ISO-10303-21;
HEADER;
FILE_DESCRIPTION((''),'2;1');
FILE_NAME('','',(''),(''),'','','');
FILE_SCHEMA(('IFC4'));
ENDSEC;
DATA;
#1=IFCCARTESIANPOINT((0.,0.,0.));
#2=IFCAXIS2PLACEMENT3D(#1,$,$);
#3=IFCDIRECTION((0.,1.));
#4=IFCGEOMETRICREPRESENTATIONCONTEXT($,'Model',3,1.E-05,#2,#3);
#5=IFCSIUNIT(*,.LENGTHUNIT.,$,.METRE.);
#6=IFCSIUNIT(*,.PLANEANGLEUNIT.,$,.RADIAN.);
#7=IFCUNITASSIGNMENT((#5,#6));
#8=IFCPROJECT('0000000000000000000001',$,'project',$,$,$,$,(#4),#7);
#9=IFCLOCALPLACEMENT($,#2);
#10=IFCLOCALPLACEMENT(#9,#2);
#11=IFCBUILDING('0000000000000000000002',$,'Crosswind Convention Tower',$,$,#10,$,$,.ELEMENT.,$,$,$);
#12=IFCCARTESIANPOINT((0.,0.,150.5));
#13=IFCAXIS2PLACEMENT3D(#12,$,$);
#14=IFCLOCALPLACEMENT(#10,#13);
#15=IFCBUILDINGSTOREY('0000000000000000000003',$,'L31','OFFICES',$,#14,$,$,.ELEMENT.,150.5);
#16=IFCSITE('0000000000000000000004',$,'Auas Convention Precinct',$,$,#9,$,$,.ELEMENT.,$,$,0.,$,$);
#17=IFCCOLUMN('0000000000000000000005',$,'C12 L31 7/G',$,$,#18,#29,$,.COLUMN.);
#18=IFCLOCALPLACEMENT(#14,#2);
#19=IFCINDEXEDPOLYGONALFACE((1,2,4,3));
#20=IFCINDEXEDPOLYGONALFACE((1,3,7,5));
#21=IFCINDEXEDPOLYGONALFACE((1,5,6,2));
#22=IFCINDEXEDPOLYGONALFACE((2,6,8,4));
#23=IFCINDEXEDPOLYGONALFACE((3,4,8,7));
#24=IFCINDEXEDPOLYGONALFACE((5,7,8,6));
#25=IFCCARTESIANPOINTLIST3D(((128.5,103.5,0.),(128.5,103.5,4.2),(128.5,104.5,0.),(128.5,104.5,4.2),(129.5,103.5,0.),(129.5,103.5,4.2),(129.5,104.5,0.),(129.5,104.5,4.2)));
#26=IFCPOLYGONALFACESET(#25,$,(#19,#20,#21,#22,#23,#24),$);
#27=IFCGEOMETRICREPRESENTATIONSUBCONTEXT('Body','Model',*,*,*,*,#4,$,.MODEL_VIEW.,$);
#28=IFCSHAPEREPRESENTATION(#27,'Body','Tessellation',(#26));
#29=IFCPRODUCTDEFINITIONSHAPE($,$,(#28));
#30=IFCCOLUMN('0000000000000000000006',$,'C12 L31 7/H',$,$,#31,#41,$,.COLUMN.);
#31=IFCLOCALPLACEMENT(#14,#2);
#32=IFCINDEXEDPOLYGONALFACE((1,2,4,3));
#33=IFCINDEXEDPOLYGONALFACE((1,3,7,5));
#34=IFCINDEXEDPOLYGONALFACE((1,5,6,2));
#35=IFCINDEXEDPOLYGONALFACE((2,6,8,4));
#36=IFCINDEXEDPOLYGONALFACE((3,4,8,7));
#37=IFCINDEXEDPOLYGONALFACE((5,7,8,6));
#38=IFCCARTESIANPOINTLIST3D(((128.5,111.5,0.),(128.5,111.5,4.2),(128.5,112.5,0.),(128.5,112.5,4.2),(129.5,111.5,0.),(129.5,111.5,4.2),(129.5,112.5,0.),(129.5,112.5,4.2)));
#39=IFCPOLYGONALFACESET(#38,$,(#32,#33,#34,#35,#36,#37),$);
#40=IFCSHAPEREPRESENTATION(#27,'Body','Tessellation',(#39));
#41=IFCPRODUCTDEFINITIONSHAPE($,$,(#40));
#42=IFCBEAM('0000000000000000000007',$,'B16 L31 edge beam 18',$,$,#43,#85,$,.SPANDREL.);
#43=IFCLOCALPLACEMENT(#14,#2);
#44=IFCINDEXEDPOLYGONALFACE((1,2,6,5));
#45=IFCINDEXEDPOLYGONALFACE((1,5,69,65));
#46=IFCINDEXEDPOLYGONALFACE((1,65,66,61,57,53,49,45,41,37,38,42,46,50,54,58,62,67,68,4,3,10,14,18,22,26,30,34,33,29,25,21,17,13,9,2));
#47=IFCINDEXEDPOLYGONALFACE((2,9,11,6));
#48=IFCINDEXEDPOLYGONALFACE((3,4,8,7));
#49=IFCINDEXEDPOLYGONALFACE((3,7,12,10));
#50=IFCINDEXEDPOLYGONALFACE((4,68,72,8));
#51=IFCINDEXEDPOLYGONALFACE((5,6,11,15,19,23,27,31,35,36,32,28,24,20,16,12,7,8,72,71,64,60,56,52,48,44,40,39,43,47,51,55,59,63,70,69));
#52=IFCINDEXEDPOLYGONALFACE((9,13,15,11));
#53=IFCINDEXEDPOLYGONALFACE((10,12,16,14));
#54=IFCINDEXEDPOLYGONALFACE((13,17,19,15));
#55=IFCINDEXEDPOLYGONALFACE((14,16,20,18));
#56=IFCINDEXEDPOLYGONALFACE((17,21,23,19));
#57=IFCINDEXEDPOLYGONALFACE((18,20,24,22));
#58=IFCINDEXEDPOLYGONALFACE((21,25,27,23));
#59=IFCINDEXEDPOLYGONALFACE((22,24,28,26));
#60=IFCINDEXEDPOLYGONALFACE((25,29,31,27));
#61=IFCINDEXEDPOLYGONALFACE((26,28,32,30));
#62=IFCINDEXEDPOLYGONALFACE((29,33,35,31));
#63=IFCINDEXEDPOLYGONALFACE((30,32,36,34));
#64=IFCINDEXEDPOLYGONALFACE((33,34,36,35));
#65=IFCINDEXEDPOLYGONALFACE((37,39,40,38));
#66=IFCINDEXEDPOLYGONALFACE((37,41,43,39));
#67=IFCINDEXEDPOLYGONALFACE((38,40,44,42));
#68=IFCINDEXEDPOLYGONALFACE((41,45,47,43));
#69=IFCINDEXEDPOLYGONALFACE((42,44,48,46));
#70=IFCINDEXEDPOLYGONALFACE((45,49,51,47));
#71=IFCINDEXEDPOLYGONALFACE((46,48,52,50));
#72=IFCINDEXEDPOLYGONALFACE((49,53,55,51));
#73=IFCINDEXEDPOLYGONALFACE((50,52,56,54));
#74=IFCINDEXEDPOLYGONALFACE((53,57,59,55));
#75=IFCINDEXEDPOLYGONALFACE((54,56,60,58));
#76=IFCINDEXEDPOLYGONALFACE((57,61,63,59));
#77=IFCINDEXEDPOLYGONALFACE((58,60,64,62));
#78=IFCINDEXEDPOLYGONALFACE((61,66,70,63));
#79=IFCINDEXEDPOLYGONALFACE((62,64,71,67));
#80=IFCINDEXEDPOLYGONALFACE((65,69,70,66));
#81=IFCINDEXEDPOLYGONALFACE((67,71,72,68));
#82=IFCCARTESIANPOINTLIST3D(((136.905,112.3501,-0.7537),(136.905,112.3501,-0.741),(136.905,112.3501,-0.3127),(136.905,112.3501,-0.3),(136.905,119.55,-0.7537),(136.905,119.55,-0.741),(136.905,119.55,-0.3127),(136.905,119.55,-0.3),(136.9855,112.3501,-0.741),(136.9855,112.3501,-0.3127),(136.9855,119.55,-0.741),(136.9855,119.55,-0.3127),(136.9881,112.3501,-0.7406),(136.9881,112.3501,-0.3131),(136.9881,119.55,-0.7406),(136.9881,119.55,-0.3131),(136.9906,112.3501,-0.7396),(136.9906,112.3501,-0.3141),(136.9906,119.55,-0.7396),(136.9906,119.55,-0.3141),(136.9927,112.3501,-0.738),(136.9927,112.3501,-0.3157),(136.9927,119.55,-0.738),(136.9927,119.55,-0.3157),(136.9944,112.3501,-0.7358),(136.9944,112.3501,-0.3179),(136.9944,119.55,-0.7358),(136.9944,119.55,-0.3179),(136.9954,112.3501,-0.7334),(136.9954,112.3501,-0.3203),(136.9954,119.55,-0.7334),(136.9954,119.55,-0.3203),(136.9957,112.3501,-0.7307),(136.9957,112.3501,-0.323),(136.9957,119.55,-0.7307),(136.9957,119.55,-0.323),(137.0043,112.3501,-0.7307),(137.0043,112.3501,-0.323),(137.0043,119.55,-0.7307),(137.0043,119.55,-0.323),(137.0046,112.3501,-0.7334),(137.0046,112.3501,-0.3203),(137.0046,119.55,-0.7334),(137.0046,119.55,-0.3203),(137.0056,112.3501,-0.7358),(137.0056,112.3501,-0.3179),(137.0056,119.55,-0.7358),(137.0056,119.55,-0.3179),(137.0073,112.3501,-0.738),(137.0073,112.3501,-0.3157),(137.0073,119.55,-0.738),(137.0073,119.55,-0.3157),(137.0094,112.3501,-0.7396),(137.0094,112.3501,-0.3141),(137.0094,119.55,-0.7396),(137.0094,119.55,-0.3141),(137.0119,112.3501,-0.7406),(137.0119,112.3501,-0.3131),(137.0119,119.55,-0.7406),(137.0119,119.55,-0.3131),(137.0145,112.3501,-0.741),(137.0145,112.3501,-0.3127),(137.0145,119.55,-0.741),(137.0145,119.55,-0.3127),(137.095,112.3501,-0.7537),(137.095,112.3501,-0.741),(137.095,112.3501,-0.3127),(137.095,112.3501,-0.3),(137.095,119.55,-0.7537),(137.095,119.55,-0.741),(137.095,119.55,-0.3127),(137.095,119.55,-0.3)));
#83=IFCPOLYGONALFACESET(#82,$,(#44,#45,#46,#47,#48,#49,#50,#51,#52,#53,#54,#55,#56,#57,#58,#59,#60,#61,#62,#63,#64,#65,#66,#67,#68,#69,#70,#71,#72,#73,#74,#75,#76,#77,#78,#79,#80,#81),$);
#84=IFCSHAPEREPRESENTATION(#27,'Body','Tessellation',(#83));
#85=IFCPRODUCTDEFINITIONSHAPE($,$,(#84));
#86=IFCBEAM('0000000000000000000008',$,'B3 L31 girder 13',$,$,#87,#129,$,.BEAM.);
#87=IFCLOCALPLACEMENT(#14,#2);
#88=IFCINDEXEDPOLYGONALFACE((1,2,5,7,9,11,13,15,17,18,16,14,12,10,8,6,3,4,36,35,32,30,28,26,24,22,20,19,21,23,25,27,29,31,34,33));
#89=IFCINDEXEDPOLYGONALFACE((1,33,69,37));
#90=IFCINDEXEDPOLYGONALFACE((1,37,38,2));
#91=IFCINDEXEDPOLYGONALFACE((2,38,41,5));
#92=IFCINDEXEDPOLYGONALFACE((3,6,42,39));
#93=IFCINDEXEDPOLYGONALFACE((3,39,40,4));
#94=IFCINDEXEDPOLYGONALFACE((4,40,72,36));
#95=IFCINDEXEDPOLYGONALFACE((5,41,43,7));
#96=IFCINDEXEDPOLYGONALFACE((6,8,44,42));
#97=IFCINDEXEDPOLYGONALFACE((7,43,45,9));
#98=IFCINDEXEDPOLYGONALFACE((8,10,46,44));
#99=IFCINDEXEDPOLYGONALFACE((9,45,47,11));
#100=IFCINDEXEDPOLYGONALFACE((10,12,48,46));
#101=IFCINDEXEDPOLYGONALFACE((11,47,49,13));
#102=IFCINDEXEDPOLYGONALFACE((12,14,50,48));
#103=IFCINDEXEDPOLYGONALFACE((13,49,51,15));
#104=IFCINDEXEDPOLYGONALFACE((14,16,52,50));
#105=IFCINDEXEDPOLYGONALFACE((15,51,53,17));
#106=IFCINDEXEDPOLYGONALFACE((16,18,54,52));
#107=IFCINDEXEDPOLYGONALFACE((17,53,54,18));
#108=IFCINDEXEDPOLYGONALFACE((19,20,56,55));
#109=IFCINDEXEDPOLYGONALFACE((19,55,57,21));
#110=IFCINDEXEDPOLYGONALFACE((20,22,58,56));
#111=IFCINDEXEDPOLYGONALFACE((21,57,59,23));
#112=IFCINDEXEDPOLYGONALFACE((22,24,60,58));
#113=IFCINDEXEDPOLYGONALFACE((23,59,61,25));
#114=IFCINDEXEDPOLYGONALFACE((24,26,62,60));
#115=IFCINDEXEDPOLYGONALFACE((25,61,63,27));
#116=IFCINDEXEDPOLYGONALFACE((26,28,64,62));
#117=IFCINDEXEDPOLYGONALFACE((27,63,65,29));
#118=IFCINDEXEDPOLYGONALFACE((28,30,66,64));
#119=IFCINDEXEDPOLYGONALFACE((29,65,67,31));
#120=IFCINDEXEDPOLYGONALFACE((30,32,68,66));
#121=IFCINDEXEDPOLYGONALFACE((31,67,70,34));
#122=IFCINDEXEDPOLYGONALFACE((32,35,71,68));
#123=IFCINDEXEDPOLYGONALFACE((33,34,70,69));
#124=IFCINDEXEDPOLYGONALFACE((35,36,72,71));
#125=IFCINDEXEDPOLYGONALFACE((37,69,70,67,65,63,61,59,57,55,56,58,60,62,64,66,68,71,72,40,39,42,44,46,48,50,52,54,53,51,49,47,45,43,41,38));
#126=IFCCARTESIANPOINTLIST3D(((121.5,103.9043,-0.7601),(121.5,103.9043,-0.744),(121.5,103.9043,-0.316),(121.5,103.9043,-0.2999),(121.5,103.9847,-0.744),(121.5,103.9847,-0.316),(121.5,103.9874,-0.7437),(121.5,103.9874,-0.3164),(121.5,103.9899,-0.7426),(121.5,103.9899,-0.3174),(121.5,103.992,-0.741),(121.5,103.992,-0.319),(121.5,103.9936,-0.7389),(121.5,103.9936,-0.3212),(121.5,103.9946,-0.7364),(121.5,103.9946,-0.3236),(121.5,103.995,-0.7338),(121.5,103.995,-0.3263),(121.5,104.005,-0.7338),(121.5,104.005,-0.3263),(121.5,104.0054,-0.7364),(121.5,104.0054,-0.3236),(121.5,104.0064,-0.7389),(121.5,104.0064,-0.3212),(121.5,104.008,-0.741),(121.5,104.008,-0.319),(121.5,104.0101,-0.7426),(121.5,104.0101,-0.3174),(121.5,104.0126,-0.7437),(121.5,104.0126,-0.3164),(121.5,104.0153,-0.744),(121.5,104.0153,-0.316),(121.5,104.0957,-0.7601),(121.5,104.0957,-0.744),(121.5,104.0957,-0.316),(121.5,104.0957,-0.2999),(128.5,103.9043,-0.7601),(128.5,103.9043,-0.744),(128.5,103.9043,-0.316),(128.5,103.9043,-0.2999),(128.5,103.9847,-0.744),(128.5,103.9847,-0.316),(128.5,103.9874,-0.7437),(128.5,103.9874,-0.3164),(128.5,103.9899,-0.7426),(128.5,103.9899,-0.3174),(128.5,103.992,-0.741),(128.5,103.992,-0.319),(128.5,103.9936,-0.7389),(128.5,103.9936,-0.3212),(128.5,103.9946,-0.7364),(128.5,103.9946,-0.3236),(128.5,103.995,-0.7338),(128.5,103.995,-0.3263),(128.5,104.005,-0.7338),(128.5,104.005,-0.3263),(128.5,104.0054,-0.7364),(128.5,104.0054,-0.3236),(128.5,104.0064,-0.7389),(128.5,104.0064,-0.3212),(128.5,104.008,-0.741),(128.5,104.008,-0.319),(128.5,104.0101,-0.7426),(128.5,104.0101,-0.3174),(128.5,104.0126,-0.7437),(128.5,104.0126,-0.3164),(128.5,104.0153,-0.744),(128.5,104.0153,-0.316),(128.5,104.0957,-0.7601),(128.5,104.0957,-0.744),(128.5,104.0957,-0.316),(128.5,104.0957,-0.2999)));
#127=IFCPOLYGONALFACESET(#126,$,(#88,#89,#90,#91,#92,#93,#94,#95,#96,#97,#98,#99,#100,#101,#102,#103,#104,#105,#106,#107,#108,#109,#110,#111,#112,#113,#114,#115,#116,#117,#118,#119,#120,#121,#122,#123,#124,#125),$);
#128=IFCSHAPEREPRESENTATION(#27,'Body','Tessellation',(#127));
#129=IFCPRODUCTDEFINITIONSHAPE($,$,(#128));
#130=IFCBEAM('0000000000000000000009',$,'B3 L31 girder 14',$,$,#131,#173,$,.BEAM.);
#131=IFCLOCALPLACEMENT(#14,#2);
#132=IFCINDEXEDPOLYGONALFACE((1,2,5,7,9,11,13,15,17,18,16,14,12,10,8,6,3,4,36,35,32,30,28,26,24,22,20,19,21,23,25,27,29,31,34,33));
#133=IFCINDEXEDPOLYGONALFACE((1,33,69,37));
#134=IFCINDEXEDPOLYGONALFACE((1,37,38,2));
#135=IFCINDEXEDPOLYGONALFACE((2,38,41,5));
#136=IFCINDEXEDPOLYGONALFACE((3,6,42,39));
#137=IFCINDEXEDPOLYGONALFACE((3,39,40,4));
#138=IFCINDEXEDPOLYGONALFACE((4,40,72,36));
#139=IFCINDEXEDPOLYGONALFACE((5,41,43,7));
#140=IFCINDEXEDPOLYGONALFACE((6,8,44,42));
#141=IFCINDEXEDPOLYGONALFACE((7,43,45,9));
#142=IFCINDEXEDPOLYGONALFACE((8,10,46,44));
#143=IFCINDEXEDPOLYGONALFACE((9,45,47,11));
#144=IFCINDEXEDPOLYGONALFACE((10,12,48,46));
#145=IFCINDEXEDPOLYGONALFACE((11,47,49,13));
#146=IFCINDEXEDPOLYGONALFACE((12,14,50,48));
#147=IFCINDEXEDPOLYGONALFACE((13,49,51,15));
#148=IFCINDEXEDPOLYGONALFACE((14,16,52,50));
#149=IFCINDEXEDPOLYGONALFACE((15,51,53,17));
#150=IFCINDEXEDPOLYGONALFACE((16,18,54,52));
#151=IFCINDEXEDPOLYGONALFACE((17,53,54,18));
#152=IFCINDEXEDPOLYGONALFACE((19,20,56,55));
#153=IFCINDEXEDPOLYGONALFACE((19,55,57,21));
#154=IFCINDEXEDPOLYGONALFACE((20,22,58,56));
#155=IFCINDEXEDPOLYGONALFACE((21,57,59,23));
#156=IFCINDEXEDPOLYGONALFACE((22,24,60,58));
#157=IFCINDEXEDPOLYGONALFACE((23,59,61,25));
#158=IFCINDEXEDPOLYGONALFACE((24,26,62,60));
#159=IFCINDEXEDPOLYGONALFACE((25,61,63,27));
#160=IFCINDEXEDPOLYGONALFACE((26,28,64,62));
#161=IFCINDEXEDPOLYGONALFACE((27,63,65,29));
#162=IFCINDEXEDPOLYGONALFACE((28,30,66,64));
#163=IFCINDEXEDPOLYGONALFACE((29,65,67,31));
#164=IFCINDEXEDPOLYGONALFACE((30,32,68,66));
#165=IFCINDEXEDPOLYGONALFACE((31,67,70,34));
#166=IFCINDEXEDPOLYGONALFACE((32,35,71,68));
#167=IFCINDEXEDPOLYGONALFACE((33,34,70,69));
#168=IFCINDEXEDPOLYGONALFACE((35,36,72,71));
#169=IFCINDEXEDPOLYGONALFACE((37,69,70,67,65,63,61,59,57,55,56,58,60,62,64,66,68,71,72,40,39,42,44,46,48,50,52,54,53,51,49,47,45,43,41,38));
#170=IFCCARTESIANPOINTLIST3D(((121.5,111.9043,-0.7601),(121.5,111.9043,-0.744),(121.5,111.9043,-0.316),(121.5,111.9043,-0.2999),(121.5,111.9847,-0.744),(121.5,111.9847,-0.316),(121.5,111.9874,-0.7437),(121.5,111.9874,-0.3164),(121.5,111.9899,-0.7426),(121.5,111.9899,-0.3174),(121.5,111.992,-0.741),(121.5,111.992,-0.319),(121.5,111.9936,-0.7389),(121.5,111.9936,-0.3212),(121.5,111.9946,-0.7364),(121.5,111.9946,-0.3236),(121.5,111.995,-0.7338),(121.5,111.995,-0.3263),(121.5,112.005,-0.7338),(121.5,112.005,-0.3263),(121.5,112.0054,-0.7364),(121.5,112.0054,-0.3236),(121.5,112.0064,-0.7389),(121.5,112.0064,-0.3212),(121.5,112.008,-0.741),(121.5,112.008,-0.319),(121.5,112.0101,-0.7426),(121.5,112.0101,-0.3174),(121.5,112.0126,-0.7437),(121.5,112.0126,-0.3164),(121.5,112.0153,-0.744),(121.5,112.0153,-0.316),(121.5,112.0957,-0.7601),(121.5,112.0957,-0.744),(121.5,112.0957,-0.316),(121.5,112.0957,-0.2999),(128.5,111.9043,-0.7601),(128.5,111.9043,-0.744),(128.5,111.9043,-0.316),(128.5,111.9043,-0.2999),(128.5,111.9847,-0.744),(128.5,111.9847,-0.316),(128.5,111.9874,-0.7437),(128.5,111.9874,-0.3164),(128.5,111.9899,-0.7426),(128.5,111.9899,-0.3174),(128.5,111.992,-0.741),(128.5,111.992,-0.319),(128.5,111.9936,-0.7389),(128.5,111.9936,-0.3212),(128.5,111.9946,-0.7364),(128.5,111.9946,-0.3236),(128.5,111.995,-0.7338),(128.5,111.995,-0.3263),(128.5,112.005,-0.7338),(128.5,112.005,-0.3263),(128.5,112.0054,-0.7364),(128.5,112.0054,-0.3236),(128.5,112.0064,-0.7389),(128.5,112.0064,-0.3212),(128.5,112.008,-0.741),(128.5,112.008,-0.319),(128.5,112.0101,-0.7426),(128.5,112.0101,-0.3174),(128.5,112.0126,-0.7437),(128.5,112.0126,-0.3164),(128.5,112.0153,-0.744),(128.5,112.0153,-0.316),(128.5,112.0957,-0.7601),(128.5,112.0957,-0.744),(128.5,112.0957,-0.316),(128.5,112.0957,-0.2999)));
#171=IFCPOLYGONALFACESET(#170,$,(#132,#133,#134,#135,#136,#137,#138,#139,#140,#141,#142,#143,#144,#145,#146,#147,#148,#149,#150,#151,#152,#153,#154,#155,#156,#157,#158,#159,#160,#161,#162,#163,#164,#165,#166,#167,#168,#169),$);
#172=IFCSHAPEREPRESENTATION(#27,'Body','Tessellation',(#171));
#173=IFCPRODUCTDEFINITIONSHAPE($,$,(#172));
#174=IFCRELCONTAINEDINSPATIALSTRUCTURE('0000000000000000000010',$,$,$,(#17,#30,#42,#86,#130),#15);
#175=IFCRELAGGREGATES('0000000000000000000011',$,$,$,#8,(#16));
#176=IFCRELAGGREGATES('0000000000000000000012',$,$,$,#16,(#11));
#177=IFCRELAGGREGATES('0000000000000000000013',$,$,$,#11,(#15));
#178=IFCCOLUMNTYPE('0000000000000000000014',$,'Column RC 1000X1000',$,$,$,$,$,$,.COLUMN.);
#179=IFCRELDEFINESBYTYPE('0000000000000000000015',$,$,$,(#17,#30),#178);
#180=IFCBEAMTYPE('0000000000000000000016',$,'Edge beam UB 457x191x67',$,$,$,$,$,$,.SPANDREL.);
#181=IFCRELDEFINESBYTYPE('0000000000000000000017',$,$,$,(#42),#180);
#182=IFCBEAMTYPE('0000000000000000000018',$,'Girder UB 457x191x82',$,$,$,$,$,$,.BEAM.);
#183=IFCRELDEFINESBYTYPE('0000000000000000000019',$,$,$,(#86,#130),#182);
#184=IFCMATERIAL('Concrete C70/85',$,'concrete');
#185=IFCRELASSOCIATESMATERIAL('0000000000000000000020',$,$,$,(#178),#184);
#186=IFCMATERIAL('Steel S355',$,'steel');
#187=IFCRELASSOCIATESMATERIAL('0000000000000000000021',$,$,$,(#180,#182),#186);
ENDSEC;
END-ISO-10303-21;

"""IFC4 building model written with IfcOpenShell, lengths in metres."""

from ifc_helpers import new_model, si_unit, direction, frame, origin, origin_2d, place, context, subcontext, project, spatial, rectangle, i_section, extrude, material, material_profile, profile_set, type_object, element, save


model = new_model("IFC4")

# Units and contexts
model_context = context("Model", 3, precision=1e-05, world=origin(), true_north=direction((0.0, 1.0)))
body_context = subcontext(model_context, "Body", "Model", "MODEL_VIEW")
ifc_project = project(units=[si_unit("LENGTHUNIT", "METRE"), si_unit("PLANEANGLEUNIT", "RADIAN")], contexts=[model_context])

# Site, building, storey
site_placement = place(None, origin())
site = spatial("IfcSite", under=ifc_project, at=site_placement, Name="Auas Convention Precinct", CompositionType="ELEMENT", RefElevation=0.0)
building_placement = place(site_placement, origin())
building = spatial("IfcBuilding", under=site, at=building_placement, Name="Crosswind Convention Tower", CompositionType="ELEMENT")
storey_placement = place(building_placement, frame((0.0, 0.0, 150.5)))
storey = spatial("IfcBuildingStorey", under=building, at=storey_placement, Name="L31", Description="OFFICES", CompositionType="ELEMENT", Elevation=150.5)

# Columns
ifc_material_1 = material(Name="Concrete C70/85", Category="concrete")
ifc_material_profile_1 = material_profile(ifc_material_1, rectangle(XDim=1.0, YDim=1.0, at=origin_2d()), Name="RC 1000X1000")
ifc_profile_set_1 = profile_set([ifc_material_profile_1], Name="Concrete C70/85")
column_type = type_object("IfcColumnType", Name="Column RC 1000X1000", PredefinedType="COLUMN", material=ifc_profile_set_1)
for number, where, z_axis, x_axis, name in (
    (1, (129.0, 104.0, 0.0), (0.0, 0.0, 1.0), (1.0, 0.0, 0.0), "C12 L31 7/G"),
    (2, (129.0, 112.0, 0.0), (0.0, 0.0, 1.0), (1.0, 0.0, 0.0), "C12 L31 7/H"),
):
    element("IfcColumn", number, at=place(storey_placement, frame(where, z_axis=z_axis, x_axis=x_axis)), inside=storey, type_object=column_type, Name=name, PredefinedType="COLUMN", context=body_context, shape_type="SweptSolid", body=[
        extrude(rectangle(XDim=1.0, YDim=1.0, at=origin_2d()), origin(), (0.0, 0.0, 1.0), 4.2),
    ])

# Beams
ifc_material_2 = material(Name="Steel S355", Category="steel")
ifc_material_profile_2 = material_profile(ifc_material_2, i_section(OverallWidth=0.1899, OverallDepth=0.4536, WebThickness=0.0085, FlangeThickness=0.0127, FilletRadius=0.0103, at=origin_2d()), Name="UB 457x191x67")
ifc_profile_set_2 = profile_set([ifc_material_profile_2], Name="Steel S355")
beam_type_1 = type_object("IfcBeamType", Name="Edge beam UB 457x191x67", PredefinedType="SPANDREL", material=ifc_profile_set_2)
beam_placement = place(storey_placement, frame((137.0, 112.3501, -0.5269), z_axis=(0.0, 1.0, 0.0), x_axis=(-1.0, 0.0, 0.0)))
element("IfcBeam", 3, at=beam_placement, inside=storey, type_object=beam_type_1, Name="B16 L31 edge beam 18", PredefinedType="SPANDREL", context=body_context, shape_type="SweptSolid", body=[
    extrude(i_section(OverallWidth=0.1899, OverallDepth=0.4536, WebThickness=0.0085, FlangeThickness=0.0127, FilletRadius=0.0103, at=origin_2d()), origin(), (0.0, 0.0, 1.0), 7.2),
])
ifc_material_profile_3 = material_profile(ifc_material_2, i_section(OverallWidth=0.1914, OverallDepth=0.4602, WebThickness=0.01, FlangeThickness=0.0161, FilletRadius=0.0103, at=origin_2d()), Name="UB 457x191x82")
ifc_profile_set_3 = profile_set([ifc_material_profile_3], Name="Steel S355")
beam_type_2 = type_object("IfcBeamType", Name="Girder UB 457x191x82", PredefinedType="BEAM", material=ifc_profile_set_3)
for number, where, z_axis, x_axis, name in (
    (4, (121.5, 104.0, -0.53), (1.0, 0.0, 0.0), (0.0, 1.0, 0.0), "B3 L31 girder 13"),
    (5, (121.5, 112.0, -0.53), (1.0, 0.0, 0.0), (0.0, 1.0, 0.0), "B3 L31 girder 14"),
):
    element("IfcBeam", number, at=place(storey_placement, frame(where, z_axis=z_axis, x_axis=x_axis)), inside=storey, type_object=beam_type_2, Name=name, PredefinedType="BEAM", context=body_context, shape_type="SweptSolid", body=[
        extrude(i_section(OverallWidth=0.1914, OverallDepth=0.4602, WebThickness=0.01, FlangeThickness=0.0161, FilletRadius=0.0103, at=origin_2d()), origin(), (0.0, 0.0, 1.0), 7.0),
    ])

save(model, "model.ifc")
